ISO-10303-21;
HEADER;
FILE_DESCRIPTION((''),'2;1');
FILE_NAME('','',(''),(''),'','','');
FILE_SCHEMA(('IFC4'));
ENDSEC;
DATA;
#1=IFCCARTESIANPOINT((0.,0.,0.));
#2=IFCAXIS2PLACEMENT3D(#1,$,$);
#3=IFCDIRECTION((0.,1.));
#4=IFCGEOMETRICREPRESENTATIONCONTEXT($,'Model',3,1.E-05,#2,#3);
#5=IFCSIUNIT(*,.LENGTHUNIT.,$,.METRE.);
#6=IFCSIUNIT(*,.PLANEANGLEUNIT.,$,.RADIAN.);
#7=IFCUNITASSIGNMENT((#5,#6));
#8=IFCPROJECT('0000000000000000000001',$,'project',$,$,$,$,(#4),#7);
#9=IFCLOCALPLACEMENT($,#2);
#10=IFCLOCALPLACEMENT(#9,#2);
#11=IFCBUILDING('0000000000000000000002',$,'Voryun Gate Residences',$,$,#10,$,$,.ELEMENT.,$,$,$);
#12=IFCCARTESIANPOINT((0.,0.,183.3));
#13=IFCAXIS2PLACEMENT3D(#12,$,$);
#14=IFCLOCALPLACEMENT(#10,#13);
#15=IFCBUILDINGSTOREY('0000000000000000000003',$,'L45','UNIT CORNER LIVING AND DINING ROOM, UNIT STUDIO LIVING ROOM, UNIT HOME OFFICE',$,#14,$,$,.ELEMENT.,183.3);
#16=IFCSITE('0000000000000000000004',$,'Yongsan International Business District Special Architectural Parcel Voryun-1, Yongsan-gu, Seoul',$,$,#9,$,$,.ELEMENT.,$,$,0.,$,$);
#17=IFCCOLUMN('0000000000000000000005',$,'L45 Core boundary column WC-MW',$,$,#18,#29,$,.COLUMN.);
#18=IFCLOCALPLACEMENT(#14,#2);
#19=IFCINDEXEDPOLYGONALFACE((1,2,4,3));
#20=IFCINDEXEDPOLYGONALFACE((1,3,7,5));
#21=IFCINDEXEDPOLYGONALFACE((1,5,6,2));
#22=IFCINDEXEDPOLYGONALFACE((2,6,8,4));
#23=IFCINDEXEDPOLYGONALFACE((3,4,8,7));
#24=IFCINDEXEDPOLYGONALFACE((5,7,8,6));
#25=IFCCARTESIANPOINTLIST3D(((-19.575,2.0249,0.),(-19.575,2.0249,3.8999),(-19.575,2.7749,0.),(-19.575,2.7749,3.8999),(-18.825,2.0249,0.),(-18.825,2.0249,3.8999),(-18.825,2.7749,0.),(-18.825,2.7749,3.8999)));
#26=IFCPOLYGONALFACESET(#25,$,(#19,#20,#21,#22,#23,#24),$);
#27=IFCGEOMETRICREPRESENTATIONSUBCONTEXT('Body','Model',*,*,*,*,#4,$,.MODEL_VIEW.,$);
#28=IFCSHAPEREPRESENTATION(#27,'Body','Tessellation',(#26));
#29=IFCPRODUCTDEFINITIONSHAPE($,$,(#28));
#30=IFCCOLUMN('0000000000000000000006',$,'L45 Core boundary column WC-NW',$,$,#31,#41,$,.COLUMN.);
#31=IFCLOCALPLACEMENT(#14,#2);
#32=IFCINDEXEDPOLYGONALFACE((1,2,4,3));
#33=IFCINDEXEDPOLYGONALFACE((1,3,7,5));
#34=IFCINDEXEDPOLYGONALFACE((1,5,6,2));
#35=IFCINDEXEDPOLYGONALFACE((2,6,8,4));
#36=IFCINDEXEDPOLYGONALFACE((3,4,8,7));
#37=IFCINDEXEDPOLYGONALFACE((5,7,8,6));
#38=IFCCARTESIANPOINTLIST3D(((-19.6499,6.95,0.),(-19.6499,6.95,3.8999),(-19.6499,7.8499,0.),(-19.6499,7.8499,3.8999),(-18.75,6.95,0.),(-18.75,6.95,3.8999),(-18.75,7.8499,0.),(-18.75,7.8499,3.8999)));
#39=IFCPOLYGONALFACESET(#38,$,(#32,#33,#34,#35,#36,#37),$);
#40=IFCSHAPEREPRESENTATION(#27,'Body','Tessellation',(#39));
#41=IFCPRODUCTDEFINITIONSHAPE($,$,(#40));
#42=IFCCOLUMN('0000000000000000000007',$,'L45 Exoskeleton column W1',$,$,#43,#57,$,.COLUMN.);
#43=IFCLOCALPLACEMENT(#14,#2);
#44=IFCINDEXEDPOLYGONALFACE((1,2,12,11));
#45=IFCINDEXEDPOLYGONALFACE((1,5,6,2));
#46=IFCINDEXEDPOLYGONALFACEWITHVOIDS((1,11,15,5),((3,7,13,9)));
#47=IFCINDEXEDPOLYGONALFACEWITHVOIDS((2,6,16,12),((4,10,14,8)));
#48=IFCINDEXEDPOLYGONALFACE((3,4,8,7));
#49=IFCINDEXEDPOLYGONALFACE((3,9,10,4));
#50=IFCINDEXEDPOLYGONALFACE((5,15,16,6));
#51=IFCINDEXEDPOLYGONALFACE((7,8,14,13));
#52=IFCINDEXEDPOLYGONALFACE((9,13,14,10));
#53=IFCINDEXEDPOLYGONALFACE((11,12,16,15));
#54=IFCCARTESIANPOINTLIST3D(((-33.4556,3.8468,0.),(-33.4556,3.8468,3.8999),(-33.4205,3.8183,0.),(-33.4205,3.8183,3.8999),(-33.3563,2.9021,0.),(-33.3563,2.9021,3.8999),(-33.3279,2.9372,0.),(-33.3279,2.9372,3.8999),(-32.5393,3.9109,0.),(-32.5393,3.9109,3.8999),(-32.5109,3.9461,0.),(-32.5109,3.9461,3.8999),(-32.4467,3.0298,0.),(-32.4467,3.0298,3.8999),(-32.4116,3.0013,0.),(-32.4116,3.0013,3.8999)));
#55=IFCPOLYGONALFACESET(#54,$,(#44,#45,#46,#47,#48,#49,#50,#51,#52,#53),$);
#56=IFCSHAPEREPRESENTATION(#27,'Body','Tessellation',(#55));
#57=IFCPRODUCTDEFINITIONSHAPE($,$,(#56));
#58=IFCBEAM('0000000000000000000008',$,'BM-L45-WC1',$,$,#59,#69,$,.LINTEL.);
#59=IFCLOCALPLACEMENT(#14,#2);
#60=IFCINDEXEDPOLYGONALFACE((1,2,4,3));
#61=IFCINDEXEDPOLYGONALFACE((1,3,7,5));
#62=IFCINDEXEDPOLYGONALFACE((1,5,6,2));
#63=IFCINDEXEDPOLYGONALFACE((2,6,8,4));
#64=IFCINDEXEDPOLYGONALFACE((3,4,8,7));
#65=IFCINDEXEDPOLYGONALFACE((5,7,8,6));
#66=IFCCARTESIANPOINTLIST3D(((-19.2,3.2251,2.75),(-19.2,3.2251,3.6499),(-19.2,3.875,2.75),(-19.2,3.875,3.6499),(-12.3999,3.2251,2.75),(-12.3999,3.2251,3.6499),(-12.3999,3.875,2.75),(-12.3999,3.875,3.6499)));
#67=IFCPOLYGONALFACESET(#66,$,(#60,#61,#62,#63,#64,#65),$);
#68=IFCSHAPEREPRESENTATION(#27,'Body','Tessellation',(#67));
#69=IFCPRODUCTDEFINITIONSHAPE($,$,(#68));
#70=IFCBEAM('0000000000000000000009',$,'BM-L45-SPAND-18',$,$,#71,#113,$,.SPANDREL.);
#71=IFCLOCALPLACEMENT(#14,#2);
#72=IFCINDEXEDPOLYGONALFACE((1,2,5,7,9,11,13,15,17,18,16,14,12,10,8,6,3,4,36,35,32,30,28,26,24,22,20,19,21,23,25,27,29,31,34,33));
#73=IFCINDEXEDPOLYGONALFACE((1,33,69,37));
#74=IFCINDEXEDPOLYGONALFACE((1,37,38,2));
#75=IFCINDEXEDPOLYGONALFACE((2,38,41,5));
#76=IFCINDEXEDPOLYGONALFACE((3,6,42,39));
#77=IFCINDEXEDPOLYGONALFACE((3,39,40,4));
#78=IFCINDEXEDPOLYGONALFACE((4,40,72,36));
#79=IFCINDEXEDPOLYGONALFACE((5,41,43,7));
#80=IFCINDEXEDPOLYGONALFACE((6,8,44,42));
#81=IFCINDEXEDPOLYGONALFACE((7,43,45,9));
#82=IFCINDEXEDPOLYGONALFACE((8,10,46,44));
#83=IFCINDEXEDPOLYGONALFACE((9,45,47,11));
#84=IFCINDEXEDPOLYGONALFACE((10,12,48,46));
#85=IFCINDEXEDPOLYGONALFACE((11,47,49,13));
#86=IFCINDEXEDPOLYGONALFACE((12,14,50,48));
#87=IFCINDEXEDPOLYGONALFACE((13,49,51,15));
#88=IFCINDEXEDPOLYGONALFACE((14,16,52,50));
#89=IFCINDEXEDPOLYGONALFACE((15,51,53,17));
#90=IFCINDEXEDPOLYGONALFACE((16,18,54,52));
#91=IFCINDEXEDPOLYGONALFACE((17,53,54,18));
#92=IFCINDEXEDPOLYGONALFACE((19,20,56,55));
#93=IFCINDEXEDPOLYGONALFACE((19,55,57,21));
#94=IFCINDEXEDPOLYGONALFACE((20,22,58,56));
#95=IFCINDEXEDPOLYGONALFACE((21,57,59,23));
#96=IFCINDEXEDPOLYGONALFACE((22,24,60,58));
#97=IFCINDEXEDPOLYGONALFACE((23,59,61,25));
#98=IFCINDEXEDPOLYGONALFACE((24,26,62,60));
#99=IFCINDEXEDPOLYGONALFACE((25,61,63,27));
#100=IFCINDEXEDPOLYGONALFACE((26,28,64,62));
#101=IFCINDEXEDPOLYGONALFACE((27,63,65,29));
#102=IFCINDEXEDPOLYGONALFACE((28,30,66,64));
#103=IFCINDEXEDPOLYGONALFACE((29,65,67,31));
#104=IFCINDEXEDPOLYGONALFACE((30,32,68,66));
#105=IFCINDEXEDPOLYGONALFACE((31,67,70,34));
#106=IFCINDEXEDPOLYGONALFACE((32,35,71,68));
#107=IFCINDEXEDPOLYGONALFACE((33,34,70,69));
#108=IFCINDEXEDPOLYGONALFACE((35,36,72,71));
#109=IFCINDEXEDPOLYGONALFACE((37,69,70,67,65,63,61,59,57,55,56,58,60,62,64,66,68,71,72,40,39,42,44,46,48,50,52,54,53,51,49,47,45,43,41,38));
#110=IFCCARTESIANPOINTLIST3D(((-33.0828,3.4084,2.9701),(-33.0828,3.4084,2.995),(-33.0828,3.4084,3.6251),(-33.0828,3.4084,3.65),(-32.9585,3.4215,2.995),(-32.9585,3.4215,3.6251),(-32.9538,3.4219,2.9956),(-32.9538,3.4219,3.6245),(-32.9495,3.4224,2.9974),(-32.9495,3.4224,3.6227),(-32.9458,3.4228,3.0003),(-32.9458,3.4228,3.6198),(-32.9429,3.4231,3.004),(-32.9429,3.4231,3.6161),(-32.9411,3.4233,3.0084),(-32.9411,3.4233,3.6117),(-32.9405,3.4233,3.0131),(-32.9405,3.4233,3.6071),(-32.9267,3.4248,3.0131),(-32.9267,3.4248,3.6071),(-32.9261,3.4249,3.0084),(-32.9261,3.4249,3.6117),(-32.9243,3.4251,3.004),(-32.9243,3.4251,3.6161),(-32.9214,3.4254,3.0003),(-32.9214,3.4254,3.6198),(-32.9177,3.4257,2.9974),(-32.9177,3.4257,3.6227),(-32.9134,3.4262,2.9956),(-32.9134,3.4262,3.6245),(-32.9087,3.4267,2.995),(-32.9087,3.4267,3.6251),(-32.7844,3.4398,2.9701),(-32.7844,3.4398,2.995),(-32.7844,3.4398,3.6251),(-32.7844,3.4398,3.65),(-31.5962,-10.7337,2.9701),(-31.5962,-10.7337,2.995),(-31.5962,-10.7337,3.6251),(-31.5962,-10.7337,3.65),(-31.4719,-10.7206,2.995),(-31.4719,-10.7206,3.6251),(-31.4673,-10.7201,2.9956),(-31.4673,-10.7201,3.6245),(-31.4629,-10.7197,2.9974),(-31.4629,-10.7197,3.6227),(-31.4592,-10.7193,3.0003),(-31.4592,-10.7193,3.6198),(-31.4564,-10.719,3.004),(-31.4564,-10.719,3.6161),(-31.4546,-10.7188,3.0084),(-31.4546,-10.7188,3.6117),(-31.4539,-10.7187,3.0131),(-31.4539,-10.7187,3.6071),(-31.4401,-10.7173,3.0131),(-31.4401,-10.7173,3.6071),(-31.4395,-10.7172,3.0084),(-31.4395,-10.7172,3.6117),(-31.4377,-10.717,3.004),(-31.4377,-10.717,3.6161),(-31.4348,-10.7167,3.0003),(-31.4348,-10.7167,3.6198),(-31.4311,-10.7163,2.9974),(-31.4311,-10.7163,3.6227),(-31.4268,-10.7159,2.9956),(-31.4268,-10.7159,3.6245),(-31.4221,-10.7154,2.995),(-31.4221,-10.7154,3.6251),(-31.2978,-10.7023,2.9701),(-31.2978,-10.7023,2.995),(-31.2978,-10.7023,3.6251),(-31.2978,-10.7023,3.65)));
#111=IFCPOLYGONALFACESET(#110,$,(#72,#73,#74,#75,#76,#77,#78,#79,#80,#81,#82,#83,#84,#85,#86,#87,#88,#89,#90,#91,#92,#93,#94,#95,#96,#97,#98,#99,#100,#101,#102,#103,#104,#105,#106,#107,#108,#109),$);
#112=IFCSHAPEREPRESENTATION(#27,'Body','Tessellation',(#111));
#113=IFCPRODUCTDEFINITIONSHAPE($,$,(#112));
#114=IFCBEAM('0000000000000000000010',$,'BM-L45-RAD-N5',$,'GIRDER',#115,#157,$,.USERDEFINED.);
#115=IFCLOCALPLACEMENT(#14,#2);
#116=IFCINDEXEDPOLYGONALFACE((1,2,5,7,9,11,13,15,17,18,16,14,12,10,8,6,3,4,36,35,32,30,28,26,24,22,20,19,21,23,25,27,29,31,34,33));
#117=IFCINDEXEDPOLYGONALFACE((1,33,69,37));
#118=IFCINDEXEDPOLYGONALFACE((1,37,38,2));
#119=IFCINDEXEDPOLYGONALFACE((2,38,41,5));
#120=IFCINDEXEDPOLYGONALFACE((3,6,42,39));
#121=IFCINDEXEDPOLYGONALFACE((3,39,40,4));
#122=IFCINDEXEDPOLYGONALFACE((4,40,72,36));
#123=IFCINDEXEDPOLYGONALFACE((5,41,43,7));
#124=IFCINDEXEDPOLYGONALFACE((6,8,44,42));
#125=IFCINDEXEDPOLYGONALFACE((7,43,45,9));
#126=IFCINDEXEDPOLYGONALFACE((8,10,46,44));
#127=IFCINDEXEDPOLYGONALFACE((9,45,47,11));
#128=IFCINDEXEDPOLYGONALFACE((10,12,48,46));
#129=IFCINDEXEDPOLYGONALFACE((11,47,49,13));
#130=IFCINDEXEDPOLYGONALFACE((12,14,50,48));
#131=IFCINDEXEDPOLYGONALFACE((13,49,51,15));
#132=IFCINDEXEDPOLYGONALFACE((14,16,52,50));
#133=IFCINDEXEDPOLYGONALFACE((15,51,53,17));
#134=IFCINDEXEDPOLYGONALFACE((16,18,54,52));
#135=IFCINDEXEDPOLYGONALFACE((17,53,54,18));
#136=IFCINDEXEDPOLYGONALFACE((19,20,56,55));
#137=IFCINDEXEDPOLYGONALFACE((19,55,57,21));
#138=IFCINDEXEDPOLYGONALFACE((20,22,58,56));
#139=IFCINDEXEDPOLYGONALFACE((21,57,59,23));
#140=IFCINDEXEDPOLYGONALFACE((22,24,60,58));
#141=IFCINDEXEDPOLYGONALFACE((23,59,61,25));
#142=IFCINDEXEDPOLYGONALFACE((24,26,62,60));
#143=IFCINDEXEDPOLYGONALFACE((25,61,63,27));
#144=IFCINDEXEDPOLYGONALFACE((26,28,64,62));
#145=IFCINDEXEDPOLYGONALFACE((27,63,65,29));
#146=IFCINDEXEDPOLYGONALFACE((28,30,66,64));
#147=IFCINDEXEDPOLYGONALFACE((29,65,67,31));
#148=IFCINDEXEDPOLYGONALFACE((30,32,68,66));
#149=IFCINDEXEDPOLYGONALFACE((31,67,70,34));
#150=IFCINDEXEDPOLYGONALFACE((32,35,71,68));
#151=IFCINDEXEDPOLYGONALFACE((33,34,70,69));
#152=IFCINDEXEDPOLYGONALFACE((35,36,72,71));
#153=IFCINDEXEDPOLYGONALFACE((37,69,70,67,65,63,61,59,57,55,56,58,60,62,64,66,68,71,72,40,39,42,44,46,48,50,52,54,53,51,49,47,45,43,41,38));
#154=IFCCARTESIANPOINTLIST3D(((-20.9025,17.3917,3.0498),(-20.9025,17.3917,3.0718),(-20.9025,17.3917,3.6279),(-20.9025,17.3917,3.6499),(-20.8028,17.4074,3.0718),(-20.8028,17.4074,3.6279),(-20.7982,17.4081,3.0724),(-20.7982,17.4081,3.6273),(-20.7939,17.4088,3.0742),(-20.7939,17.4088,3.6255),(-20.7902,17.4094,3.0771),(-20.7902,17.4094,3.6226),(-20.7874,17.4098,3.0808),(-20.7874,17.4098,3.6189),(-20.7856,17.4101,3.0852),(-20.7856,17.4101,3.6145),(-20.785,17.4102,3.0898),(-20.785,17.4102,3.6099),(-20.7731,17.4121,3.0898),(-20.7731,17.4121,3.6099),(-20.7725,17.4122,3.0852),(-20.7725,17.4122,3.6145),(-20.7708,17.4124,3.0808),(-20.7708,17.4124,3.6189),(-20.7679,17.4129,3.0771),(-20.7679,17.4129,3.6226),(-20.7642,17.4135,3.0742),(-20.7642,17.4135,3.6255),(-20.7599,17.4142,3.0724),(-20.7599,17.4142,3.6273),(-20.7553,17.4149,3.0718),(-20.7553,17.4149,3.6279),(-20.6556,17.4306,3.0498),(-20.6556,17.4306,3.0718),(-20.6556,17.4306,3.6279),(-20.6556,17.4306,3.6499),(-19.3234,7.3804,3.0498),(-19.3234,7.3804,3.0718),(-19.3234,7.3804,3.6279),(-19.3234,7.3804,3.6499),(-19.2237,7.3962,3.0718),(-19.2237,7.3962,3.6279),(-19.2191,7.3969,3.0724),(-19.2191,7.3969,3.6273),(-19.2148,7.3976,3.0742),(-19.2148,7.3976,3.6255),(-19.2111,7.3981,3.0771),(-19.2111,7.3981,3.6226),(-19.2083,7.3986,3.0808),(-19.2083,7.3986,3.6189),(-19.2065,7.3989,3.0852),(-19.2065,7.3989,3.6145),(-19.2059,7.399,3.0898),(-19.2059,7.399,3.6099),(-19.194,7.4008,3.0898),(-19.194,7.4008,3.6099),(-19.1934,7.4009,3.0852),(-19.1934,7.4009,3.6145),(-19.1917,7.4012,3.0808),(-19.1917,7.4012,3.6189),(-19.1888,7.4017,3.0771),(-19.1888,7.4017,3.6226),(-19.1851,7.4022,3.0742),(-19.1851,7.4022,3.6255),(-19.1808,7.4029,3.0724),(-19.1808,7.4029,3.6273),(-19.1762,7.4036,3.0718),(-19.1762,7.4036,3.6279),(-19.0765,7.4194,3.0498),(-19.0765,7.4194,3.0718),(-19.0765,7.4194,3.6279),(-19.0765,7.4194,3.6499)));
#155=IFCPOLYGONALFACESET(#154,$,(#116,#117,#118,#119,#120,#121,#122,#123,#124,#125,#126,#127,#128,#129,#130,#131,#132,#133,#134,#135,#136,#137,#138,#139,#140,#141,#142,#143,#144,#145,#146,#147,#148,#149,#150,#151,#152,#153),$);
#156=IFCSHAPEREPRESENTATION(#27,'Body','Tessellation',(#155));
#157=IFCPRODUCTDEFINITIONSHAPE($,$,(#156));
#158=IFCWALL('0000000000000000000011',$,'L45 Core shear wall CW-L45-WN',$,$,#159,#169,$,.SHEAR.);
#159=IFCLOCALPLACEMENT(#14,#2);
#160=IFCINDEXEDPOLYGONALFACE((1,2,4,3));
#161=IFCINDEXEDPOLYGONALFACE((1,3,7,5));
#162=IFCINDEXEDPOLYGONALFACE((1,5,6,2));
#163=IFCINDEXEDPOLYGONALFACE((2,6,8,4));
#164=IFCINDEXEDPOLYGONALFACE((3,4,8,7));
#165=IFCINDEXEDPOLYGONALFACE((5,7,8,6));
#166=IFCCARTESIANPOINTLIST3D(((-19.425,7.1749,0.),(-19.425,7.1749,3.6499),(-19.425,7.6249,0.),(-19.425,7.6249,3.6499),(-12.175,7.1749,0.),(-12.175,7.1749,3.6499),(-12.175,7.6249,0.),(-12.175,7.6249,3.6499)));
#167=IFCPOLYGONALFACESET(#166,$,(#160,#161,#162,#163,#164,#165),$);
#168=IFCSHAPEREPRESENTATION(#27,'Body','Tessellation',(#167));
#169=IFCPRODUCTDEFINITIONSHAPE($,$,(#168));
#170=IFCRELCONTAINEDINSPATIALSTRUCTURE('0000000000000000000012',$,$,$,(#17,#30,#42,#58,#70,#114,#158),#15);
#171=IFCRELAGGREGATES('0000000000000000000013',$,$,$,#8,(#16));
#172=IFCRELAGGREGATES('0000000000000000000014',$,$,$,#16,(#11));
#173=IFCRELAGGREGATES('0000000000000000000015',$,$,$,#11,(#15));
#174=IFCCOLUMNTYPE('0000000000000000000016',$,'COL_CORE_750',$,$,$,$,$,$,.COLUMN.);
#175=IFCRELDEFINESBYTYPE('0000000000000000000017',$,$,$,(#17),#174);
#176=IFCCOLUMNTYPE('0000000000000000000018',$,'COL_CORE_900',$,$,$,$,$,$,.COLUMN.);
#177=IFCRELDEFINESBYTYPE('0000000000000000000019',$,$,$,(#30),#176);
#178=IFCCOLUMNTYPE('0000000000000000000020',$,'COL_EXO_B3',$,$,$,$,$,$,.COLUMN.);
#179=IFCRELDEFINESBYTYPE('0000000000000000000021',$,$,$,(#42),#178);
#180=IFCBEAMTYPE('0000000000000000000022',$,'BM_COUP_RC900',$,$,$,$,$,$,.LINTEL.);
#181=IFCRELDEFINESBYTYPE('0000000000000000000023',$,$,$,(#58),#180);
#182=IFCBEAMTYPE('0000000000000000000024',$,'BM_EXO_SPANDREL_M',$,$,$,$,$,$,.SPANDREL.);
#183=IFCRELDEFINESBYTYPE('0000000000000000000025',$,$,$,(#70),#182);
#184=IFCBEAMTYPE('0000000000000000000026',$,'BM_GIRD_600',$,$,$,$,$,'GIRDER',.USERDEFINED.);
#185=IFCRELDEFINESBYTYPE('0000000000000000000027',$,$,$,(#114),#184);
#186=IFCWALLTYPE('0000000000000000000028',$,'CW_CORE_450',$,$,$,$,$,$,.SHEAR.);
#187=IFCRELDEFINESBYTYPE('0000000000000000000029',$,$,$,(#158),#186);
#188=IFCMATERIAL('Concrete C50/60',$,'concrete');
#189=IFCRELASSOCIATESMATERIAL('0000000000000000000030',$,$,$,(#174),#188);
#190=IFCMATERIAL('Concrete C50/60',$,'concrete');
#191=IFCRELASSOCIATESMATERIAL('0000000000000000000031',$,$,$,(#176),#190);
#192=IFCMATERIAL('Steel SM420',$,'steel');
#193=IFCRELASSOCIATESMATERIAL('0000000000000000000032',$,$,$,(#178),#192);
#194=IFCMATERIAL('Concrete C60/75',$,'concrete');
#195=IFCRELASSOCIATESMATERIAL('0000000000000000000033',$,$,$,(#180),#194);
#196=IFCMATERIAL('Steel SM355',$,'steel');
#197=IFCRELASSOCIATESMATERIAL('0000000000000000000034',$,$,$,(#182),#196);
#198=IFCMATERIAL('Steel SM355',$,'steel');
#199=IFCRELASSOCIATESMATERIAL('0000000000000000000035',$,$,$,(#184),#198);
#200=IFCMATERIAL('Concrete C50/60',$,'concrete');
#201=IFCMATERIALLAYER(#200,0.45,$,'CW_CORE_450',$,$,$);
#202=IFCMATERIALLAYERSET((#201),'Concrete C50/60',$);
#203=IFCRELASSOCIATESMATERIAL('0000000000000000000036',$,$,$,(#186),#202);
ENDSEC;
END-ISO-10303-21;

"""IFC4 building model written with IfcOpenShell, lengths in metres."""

from ifc_helpers import new_model, si_unit, direction, frame, frame_2d, origin, origin_2d, place, context, subcontext, project, spatial, rectangle, hollow_rectangle, i_section, extrude, material, layer, layer_set, material_profile, profile_set, type_object, element, save


model = new_model("IFC4")

# Units and contexts
model_context = context("Model", 3, precision=1e-05, world=origin(), true_north=direction((0.0, 1.0)))
body_context = subcontext(model_context, "Body", "Model", "MODEL_VIEW")
ifc_project = project(units=[si_unit("LENGTHUNIT", "METRE"), si_unit("PLANEANGLEUNIT", "RADIAN")], contexts=[model_context])

# Site, building, storey
site_placement = place(None, origin())
site = spatial("IfcSite", under=ifc_project, at=site_placement, Name="Yongsan International Business District Special Architectural Parcel Voryun-1, Yongsan-gu, Seoul", CompositionType="ELEMENT", RefElevation=0.0)
building_placement = place(site_placement, origin())
building = spatial("IfcBuilding", under=site, at=building_placement, Name="Voryun Gate Residences", CompositionType="ELEMENT")
storey_placement = place(building_placement, frame((0.0, 0.0, 183.3)))
storey = spatial("IfcBuildingStorey", under=building, at=storey_placement, Name="L45", Description="UNIT CORNER LIVING AND DINING ROOM, UNIT STUDIO LIVING ROOM, UNIT HOME OFFICE", CompositionType="ELEMENT", Elevation=183.3)

# Columns
ifc_material_1 = material(Name="Concrete C50/60", Category="concrete")
ifc_material_profile_1 = material_profile(ifc_material_1, rectangle(XDim=0.75, YDim=0.75, at=origin_2d()), Name="RC-750x750")
ifc_profile_set_1 = profile_set([ifc_material_profile_1], Name="Concrete C50/60")
column_type_1 = type_object("IfcColumnType", Name="COL_CORE_750", PredefinedType="COLUMN", material=ifc_profile_set_1)
column_1_placement = place(storey_placement, frame((-19.2, 2.3999, 0.0), z_axis=(0.0, 0.0, 1.0), x_axis=(1.0, 0.0, 0.0)))
element("IfcColumn", 1, at=column_1_placement, inside=storey, type_object=column_type_1, Name="L45 Core boundary column WC-MW", PredefinedType="COLUMN", context=body_context, shape_type="SweptSolid", body=[
    extrude(rectangle(XDim=0.75, YDim=0.75, at=origin_2d()), origin(), (0.0, 0.0, 1.0), 3.8999),
])
ifc_material_2 = material(Name="Concrete C50/60", Category="concrete")
ifc_material_profile_2 = material_profile(ifc_material_2, rectangle(XDim=0.8999, YDim=0.8999, at=origin_2d()), Name="RC-900x900")
ifc_profile_set_2 = profile_set([ifc_material_profile_2], Name="Concrete C50/60")
column_type_2 = type_object("IfcColumnType", Name="COL_CORE_900", PredefinedType="COLUMN", material=ifc_profile_set_2)
column_2_placement = place(storey_placement, frame((-19.2, 7.3999, 0.0), z_axis=(0.0, 0.0, 1.0), x_axis=(1.0, 0.0, 0.0)))
element("IfcColumn", 2, at=column_2_placement, inside=storey, type_object=column_type_2, Name="L45 Core boundary column WC-NW", PredefinedType="COLUMN", context=body_context, shape_type="SweptSolid", body=[
    extrude(rectangle(XDim=0.8999, YDim=0.8999, at=origin_2d()), origin(), (0.0, 0.0, 1.0), 3.8999),
])
ifc_material_3 = material(Name="Steel SM420", Category="steel")
ifc_material_profile_3 = material_profile(ifc_material_3, hollow_rectangle(XDim=0.95, YDim=0.95, WallThickness=0.032, at=origin_2d()), Name="BOX-950x950x32")
ifc_profile_set_3 = profile_set([ifc_material_profile_3], Name="Steel SM420")
column_type_3 = type_object("IfcColumnType", Name="COL_EXO_B3", PredefinedType="COLUMN", material=ifc_profile_set_3)
column_3_placement = place(storey_placement, frame((-32.9336, 3.4241, 0.0), z_axis=(0.0, 0.0, 1.0), x_axis=(0.994522, 0.104528, 0.0)))
element("IfcColumn", 3, at=column_3_placement, inside=storey, type_object=column_type_3, Name="L45 Exoskeleton column W1", PredefinedType="COLUMN", context=body_context, shape_type="SweptSolid", body=[
    extrude(hollow_rectangle(XDim=0.95, YDim=0.95, WallThickness=0.032, at=origin_2d()), origin(), (0.0, 0.0, 1.0), 3.8999),
])

# Beams
ifc_material_4 = material(Name="Concrete C60/75", Category="concrete")
ifc_material_profile_4 = material_profile(ifc_material_4, rectangle(XDim=0.6499, YDim=0.8999, at=origin_2d()), Name="RC-650x900")
ifc_profile_set_4 = profile_set([ifc_material_profile_4], Name="Concrete C60/75")
beam_type_1 = type_object("IfcBeamType", Name="BM_COUP_RC900", PredefinedType="LINTEL", material=ifc_profile_set_4)
beam_1_placement = place(storey_placement, frame((-19.2, 3.55, 3.2), z_axis=(1.0, 0.0, 0.0), x_axis=(0.0, 1.0, 0.0)))
element("IfcBeam", 4, at=beam_1_placement, inside=storey, type_object=beam_type_1, Name="BM-L45-WC1", PredefinedType="LINTEL", context=body_context, shape_type="SweptSolid", body=[
    extrude(rectangle(XDim=0.6499, YDim=0.8999, at=origin_2d()), origin(), (0.0, 0.0, 1.0), 6.8),
])
ifc_material_5 = material(Name="Steel SM355", Category="steel")
ifc_material_profile_5 = material_profile(ifc_material_5, i_section(OverallWidth=0.3, OverallDepth=0.6799, WebThickness=0.0139, FlangeThickness=0.0249, FilletRadius=0.0181, at=origin_2d()), Name="H-680x300x14x25")
ifc_profile_set_5 = profile_set([ifc_material_profile_5], Name="Steel SM355")
beam_type_2 = type_object("IfcBeamType", Name="BM_EXO_SPANDREL_M", PredefinedType="SPANDREL", material=ifc_profile_set_5)
beam_2_placement = place(storey_placement, frame((-32.9336, 3.4241, 3.3101), z_axis=(0.104541, -0.994521, 0.0), x_axis=(0.994521, 0.104541, 0.0)))
element("IfcBeam", 5, at=beam_2_placement, inside=storey, type_object=beam_type_2, Name="BM-L45-SPAND-18", PredefinedType="SPANDREL", context=body_context, shape_type="SweptSolid", body=[
    extrude(i_section(OverallWidth=0.3, OverallDepth=0.6799, WebThickness=0.0139, FlangeThickness=0.0249, FilletRadius=0.0181, at=origin_2d()), origin(), (0.0, 0.0, 1.0), 14.22),
])
ifc_material_6 = material(Name="Steel SM355", Category="steel")
ifc_material_profile_6 = material_profile(ifc_material_6, i_section(OverallWidth=0.25, OverallDepth=0.6001, WebThickness=0.012, FlangeThickness=0.022, FilletRadius=0.0181, at=origin_2d()), Name="H-600x250x12x22")
ifc_profile_set_6 = profile_set([ifc_material_profile_6], Name="Steel SM355")
beam_type_3 = type_object("IfcBeamType", Name="BM_GIRD_600", ElementType="GIRDER", PredefinedType="USERDEFINED", material=ifc_profile_set_6)
beam_3_placement = place(storey_placement, frame((-19.2, 7.3999, 3.3499), z_axis=(-0.155807, 0.987788, 0.0), x_axis=(-0.987788, -0.155807, 0.0)))
element("IfcBeam", 6, at=beam_3_placement, inside=storey, type_object=beam_type_3, Name="BM-L45-RAD-N5", ObjectType="GIRDER", PredefinedType="USERDEFINED", context=body_context, shape_type="SweptSolid", body=[
    extrude(i_section(OverallWidth=0.25, OverallDepth=0.6001, WebThickness=0.012, FlangeThickness=0.022, FilletRadius=0.0181, at=origin_2d()), origin(), (0.0, 0.0, 1.0), 10.135),
])

# Wall
ifc_material_7 = material(Name="Concrete C50/60", Category="concrete")
ifc_layer_1 = layer(ifc_material_7, 0.45, Name="CW_CORE_450")
ifc_layer_set_1 = layer_set([ifc_layer_1], Name="Concrete C50/60")
wall_type_1 = type_object("IfcWallType", Name="CW_CORE_450", PredefinedType="SHEAR", material=ifc_layer_set_1)
wall_1_placement = place(storey_placement, frame((-19.425, 7.3999, 0.0), z_axis=(0.0, 0.0, 1.0), x_axis=(1.0, 0.0, 0.0)))
element("IfcWall", 7, at=wall_1_placement, inside=storey, type_object=wall_type_1, Name="L45 Core shear wall CW-L45-WN", PredefinedType="SHEAR", context=body_context, shape_type="SweptSolid", body=[
    extrude(rectangle(XDim=7.25, YDim=0.45, at=frame_2d((3.625, 0.0))), origin(), (0.0, 0.0, 1.0), 3.6499),
])

save(model, "model.ifc")
